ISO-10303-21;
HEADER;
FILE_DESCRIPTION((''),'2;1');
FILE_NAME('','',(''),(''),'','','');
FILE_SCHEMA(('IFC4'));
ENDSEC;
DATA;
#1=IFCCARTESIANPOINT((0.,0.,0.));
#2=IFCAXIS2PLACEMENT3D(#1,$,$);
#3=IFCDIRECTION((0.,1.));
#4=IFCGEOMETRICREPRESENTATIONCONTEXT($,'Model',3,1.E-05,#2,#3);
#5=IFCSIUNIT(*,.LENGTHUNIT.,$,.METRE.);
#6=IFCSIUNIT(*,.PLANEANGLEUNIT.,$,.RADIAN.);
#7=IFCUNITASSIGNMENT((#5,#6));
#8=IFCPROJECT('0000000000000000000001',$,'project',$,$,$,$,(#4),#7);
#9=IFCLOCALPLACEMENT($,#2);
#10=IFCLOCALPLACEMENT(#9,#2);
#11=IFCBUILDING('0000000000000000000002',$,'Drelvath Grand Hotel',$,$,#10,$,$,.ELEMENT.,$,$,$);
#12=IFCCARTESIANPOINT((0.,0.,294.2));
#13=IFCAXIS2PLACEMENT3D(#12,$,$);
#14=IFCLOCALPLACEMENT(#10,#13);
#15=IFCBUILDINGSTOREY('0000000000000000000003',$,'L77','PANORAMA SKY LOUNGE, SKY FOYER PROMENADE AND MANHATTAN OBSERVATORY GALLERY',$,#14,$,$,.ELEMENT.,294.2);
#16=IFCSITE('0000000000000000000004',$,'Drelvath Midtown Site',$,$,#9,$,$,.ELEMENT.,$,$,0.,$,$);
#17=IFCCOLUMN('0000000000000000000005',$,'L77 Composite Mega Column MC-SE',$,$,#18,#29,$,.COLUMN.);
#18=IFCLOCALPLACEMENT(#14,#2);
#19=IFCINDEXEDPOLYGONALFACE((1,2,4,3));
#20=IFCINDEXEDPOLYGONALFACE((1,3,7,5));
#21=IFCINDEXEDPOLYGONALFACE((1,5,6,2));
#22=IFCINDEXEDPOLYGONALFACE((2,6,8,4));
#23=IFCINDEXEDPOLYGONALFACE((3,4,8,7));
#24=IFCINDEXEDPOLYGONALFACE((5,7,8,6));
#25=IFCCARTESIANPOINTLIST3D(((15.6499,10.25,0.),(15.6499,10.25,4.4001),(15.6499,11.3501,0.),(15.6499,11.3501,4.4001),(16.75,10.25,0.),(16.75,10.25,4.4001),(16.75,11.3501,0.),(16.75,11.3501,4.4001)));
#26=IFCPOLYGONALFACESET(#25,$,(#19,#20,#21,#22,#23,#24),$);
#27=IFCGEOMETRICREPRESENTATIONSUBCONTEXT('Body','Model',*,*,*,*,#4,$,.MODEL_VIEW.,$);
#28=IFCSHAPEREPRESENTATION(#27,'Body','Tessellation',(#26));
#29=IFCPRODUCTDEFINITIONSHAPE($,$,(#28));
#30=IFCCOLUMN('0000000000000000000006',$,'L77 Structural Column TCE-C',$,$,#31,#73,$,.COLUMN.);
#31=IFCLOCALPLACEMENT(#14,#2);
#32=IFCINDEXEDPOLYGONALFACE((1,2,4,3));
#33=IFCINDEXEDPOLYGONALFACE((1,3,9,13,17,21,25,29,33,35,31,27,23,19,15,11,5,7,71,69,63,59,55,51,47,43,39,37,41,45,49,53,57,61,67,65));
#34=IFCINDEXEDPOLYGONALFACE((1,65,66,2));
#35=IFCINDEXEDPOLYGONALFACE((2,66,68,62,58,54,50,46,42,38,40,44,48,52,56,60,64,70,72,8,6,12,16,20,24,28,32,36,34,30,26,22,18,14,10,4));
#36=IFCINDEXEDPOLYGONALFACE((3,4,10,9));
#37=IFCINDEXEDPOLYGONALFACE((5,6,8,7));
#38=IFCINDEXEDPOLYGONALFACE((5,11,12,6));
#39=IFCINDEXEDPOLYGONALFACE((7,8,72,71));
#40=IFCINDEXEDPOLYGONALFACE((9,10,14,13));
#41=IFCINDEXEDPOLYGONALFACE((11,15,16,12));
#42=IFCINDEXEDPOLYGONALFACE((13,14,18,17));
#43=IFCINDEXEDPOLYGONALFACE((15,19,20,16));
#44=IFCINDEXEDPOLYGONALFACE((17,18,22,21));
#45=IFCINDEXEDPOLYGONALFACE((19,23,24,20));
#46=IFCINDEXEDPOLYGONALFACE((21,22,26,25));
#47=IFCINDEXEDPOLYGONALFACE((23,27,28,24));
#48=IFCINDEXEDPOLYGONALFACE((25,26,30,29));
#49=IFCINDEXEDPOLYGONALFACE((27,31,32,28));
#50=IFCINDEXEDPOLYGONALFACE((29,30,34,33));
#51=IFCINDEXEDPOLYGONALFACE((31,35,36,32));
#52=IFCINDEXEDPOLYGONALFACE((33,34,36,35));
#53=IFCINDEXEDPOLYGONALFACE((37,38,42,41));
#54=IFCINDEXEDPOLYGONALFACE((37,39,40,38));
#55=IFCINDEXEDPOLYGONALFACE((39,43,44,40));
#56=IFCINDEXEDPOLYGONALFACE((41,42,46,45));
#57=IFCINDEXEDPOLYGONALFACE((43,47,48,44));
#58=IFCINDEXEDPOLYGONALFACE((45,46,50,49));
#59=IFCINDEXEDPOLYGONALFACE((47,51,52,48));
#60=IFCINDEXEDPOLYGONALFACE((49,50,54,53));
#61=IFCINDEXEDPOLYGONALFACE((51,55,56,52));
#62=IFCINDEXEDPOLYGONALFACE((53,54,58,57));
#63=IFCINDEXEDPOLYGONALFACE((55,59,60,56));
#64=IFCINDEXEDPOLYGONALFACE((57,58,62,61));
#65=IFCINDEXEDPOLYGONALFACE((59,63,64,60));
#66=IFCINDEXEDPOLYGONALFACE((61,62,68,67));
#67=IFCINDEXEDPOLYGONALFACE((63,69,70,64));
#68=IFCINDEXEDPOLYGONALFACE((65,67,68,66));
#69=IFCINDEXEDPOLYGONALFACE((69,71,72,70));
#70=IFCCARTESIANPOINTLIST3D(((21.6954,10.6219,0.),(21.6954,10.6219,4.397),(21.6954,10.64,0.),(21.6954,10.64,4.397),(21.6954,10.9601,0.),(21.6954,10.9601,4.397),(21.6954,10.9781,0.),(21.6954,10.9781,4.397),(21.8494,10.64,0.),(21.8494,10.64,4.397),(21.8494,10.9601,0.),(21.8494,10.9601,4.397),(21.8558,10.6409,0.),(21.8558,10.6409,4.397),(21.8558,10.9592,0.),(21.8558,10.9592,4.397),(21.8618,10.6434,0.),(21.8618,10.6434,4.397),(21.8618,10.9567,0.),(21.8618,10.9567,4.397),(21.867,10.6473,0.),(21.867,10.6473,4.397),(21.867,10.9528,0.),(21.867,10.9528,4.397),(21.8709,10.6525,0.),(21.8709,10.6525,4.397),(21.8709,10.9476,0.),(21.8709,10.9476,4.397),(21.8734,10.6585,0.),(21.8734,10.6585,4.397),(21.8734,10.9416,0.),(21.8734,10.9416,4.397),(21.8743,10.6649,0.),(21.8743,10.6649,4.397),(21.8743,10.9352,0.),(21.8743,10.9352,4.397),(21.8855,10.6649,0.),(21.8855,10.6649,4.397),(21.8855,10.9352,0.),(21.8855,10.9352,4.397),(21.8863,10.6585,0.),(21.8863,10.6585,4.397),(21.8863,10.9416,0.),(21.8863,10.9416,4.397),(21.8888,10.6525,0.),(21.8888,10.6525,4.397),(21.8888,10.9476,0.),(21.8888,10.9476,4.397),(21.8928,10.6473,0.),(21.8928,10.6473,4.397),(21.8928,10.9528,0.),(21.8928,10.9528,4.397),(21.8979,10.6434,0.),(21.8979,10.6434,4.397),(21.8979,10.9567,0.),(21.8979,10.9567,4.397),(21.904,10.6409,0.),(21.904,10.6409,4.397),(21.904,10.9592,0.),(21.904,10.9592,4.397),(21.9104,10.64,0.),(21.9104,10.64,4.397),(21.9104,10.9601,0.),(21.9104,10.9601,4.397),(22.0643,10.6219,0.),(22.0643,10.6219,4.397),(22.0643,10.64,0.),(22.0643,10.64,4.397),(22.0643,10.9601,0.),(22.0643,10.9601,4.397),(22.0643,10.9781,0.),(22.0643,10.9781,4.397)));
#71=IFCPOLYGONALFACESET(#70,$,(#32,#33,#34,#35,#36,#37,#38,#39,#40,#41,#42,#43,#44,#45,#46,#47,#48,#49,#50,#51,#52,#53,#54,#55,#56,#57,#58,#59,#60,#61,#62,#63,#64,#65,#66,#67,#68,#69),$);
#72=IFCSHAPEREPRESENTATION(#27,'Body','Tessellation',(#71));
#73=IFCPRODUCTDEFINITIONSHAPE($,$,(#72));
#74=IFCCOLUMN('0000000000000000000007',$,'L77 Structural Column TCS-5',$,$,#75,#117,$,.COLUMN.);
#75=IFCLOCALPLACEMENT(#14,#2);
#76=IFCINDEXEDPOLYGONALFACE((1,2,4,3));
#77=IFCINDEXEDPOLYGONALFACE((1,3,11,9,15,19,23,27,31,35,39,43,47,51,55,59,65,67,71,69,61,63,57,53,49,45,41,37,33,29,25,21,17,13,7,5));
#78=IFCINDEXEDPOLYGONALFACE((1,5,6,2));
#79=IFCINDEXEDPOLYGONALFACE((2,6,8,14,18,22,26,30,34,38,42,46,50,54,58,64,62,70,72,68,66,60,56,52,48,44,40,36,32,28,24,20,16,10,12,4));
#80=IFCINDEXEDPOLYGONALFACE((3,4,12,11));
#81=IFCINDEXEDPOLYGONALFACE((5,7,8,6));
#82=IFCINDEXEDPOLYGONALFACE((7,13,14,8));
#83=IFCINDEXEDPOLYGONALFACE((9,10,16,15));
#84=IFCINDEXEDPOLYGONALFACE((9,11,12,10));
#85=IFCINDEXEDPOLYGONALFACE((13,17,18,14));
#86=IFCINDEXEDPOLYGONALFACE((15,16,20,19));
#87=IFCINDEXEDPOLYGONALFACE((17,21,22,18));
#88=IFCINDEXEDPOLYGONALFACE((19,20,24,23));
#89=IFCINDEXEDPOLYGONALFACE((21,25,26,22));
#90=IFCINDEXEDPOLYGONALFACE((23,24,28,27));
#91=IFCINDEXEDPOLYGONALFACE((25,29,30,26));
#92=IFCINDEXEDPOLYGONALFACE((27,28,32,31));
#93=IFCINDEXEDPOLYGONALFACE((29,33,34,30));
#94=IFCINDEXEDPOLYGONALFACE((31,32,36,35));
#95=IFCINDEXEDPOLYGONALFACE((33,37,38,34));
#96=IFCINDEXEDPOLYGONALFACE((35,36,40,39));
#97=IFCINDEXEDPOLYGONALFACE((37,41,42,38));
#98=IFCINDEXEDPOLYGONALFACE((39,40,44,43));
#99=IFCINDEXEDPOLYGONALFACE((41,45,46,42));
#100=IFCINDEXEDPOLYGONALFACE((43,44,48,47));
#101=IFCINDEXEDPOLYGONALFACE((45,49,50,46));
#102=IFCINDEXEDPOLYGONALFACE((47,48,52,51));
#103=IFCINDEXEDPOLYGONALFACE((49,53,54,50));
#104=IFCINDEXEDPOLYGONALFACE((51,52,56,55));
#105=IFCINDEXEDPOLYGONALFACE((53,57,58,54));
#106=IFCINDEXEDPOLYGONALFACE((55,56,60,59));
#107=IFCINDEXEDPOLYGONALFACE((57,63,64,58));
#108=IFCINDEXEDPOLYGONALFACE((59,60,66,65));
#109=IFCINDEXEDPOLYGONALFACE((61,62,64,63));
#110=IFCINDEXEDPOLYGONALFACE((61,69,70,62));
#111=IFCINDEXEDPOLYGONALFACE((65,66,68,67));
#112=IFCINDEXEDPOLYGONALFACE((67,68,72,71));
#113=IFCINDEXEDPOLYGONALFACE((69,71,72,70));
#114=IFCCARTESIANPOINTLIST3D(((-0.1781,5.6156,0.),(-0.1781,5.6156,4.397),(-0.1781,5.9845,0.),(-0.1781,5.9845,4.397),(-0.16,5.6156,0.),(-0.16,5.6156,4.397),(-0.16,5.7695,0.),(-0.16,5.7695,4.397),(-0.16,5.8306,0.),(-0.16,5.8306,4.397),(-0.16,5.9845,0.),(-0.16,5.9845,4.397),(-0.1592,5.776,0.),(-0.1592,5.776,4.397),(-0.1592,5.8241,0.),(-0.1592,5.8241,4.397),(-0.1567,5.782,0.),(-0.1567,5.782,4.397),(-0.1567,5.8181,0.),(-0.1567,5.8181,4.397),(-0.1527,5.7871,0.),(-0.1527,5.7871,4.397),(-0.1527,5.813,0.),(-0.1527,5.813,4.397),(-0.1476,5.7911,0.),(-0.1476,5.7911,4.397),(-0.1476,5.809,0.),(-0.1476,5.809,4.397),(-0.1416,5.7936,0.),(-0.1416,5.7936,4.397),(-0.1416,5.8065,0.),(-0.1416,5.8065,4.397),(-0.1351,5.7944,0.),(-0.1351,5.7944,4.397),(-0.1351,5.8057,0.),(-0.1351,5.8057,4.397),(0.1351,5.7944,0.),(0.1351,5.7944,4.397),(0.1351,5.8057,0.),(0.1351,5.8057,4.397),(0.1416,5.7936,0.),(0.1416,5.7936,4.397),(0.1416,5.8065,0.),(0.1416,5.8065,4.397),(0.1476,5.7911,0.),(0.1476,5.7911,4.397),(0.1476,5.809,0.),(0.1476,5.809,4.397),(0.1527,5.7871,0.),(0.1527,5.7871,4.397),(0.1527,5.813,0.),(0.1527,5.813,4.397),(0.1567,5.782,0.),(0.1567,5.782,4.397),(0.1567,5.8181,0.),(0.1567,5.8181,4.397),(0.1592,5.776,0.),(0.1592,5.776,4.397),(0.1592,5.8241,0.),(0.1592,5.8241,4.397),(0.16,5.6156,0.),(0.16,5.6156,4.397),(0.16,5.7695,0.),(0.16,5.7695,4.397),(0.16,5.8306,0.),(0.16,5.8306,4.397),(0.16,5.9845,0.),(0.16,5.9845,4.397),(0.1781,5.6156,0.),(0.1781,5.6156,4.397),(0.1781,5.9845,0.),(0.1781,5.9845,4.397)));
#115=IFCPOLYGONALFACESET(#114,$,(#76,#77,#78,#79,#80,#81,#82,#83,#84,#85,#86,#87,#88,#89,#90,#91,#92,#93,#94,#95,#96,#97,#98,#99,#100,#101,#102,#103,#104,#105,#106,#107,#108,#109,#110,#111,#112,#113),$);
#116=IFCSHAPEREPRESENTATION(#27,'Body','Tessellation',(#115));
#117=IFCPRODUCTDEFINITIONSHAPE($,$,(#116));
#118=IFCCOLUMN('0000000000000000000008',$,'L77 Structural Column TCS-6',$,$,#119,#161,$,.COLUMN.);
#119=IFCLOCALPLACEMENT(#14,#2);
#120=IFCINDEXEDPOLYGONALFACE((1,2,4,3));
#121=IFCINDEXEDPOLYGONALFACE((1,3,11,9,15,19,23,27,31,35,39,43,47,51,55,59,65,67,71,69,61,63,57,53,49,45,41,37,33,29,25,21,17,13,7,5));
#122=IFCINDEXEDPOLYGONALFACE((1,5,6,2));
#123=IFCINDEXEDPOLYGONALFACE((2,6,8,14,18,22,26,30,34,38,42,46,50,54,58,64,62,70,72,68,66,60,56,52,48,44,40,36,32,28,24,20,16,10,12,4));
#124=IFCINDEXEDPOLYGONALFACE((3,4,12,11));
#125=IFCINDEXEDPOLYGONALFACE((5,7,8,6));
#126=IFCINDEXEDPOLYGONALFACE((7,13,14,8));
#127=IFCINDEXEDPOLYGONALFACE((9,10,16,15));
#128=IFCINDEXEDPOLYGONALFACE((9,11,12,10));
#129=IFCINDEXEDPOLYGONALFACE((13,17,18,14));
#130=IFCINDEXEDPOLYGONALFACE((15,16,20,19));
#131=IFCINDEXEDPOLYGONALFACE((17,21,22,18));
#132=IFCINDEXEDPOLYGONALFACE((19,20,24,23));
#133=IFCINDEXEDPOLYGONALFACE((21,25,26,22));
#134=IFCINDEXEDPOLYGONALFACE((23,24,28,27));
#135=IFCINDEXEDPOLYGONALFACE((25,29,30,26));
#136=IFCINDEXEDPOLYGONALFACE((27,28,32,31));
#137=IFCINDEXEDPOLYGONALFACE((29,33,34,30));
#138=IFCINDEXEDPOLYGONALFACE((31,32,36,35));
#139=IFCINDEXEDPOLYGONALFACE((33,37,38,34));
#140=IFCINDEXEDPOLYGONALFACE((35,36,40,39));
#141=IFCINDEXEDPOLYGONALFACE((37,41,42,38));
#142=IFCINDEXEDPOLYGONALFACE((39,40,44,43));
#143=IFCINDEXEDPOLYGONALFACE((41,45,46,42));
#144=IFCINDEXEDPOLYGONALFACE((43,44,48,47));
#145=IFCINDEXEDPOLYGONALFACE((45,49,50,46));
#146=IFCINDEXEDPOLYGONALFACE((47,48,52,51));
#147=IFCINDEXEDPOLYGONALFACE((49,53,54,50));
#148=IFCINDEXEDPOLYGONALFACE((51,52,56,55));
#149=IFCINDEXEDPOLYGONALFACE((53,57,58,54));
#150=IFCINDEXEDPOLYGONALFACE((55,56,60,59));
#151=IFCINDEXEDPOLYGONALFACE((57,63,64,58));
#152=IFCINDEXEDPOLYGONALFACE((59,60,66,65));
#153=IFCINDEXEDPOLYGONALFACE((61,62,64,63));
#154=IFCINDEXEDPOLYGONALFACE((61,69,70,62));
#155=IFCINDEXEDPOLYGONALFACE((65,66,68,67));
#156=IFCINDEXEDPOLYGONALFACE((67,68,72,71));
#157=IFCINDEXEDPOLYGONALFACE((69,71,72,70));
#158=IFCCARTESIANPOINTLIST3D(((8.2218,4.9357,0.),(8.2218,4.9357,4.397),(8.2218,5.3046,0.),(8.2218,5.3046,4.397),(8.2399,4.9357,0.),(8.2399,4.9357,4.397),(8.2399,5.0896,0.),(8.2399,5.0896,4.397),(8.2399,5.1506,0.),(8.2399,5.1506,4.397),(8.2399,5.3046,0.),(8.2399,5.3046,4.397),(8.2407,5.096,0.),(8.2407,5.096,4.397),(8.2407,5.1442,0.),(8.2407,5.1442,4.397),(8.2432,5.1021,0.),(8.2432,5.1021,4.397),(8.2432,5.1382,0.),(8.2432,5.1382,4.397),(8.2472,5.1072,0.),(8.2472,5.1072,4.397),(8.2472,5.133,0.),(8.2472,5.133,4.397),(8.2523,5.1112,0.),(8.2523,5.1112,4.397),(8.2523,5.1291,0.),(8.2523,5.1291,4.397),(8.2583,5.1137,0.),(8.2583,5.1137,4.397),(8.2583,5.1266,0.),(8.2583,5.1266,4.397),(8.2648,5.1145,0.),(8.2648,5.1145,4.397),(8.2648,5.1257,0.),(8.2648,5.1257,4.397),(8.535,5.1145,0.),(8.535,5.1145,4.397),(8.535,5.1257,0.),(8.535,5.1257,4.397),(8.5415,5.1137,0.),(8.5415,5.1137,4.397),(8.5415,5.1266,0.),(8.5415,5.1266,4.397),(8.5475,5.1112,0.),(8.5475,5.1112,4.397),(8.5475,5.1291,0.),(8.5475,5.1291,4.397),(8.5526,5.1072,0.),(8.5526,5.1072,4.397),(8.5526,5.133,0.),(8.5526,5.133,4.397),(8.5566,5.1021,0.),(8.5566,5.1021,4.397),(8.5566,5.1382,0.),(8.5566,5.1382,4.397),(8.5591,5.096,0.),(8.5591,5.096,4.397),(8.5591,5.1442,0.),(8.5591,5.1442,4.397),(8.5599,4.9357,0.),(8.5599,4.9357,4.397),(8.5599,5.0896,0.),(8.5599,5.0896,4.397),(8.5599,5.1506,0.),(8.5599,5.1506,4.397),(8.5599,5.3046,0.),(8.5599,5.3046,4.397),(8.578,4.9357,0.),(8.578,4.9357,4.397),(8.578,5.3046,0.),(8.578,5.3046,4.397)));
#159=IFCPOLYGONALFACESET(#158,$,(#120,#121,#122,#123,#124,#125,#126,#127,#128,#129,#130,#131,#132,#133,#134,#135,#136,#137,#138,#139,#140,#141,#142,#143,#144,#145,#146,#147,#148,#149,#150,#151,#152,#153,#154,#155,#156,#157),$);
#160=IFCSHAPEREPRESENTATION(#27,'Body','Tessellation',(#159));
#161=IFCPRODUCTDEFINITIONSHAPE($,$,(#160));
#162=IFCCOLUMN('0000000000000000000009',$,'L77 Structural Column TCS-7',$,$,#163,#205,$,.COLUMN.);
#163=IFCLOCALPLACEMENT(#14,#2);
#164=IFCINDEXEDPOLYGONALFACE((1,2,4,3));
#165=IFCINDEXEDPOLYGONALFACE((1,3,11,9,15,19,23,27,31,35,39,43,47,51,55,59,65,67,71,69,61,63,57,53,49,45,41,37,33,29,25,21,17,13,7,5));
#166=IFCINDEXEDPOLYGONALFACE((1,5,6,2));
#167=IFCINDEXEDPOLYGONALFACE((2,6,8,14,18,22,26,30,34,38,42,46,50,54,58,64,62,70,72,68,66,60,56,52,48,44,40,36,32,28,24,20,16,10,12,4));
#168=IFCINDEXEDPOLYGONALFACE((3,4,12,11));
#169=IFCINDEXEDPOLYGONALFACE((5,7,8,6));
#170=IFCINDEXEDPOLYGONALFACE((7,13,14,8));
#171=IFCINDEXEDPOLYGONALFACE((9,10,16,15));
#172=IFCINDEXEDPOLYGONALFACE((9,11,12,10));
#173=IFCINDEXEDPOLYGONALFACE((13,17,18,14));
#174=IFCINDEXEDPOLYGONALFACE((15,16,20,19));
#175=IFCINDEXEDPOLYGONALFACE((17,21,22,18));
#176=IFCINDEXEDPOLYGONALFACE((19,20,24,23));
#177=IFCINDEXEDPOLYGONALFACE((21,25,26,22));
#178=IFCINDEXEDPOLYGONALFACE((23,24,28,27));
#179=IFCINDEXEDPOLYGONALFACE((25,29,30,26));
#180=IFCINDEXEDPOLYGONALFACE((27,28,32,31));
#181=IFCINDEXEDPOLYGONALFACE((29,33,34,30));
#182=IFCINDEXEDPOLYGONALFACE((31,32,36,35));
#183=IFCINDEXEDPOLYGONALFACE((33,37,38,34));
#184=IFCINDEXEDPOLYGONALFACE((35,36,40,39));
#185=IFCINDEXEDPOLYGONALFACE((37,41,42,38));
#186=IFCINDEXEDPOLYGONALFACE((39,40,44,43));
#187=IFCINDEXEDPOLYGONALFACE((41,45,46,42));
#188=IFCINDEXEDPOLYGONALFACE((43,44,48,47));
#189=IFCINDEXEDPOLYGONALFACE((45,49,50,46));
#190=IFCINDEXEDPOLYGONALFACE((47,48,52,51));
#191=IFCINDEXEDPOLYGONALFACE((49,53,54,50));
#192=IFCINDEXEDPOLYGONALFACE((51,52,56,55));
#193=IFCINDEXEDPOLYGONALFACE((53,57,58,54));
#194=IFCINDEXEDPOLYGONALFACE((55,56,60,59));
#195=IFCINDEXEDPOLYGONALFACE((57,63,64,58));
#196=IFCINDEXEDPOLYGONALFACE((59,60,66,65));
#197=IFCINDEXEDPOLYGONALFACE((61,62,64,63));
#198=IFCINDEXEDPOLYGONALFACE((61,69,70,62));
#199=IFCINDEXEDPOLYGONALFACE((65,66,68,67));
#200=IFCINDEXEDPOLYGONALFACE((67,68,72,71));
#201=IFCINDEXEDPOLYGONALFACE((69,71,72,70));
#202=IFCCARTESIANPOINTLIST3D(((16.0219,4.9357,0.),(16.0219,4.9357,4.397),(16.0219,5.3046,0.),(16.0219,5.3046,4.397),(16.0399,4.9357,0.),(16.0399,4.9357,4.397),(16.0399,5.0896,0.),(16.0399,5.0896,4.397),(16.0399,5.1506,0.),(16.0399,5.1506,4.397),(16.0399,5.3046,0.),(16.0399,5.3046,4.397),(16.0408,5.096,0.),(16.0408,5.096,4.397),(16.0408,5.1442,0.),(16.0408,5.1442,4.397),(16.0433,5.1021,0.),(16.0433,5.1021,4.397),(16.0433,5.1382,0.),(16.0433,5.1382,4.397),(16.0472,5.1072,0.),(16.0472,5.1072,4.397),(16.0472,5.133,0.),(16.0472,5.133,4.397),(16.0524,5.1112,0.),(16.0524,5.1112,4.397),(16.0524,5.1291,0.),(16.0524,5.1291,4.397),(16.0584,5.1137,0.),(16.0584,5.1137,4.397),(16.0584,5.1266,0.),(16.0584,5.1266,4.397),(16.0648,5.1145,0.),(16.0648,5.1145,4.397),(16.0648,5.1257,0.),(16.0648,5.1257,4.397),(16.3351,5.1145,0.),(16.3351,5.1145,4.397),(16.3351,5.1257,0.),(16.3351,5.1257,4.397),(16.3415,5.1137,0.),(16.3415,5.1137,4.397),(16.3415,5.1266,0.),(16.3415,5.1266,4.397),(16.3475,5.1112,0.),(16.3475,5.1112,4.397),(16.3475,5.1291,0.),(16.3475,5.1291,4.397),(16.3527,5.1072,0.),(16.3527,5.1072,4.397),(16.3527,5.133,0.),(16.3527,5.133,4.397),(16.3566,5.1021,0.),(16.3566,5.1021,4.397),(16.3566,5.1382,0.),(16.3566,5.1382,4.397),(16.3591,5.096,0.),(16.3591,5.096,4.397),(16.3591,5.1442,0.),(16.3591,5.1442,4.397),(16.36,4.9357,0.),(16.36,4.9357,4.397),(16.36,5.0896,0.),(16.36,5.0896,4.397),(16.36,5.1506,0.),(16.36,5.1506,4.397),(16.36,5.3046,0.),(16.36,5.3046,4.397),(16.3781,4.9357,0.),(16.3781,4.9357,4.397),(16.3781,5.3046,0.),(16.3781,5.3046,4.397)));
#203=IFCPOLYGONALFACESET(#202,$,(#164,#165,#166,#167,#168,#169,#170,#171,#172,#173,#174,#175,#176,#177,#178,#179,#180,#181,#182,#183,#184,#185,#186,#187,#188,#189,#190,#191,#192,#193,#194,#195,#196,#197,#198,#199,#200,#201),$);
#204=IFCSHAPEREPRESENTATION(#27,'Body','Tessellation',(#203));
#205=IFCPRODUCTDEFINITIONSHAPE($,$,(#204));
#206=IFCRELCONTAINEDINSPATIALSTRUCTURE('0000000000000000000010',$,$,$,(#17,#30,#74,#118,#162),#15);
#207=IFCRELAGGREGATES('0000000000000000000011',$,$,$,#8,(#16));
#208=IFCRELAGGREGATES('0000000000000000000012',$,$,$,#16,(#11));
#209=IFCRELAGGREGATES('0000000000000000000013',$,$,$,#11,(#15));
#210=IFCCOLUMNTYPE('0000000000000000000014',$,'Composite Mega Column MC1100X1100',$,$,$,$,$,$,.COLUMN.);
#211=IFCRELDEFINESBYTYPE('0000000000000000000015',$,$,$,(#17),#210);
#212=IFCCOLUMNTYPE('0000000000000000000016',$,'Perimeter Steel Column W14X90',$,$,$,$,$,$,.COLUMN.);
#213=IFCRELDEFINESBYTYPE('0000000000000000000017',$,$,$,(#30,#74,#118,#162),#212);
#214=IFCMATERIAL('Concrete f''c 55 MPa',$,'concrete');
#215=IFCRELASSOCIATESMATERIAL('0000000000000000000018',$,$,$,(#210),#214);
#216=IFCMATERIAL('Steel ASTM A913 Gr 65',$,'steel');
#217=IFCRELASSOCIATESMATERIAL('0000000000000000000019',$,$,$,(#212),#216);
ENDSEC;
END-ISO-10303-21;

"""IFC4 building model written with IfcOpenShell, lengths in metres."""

from ifc_helpers import new_model, si_unit, direction, frame, origin, origin_2d, place, context, subcontext, project, spatial, rectangle, i_section, extrude, material, material_profile, profile_set, type_object, element, save


model = new_model("IFC4")

# Units and contexts
model_context = context("Model", 3, precision=1e-05, world=origin(), true_north=direction((0.0, 1.0)))
body_context = subcontext(model_context, "Body", "Model", "MODEL_VIEW")
ifc_project = project(units=[si_unit("LENGTHUNIT", "METRE"), si_unit("PLANEANGLEUNIT", "RADIAN")], contexts=[model_context])

# Site, building, storey
site_placement = place(None, origin())
site = spatial("IfcSite", under=ifc_project, at=site_placement, Name="Drelvath Midtown Site", CompositionType="ELEMENT", RefElevation=0.0)
building_placement = place(site_placement, origin())
building = spatial("IfcBuilding", under=site, at=building_placement, Name="Drelvath Grand Hotel", CompositionType="ELEMENT")
storey_placement = place(building_placement, frame((0.0, 0.0, 294.2)))
storey = spatial("IfcBuildingStorey", under=building, at=storey_placement, Name="L77", Description="PANORAMA SKY LOUNGE, SKY FOYER PROMENADE AND MANHATTAN OBSERVATORY GALLERY", CompositionType="ELEMENT", Elevation=294.2)

# Columns
ifc_material_1 = material(Name="Concrete f'c 55 MPa", Category="concrete")
ifc_material_profile_1 = material_profile(ifc_material_1, rectangle(XDim=1.1001, YDim=1.1001, at=origin_2d()), Name="MC1100X1100")
ifc_profile_set_1 = profile_set([ifc_material_profile_1], Name="Concrete f'c 55 MPa")
column_type_1 = type_object("IfcColumnType", Name="Composite Mega Column MC1100X1100", PredefinedType="COLUMN", material=ifc_profile_set_1)
column_placement = place(storey_placement, frame((16.2, 10.8, 0.0), z_axis=(0.0, 0.0, 1.0), x_axis=(1.0, 0.0, 0.0)))
element("IfcColumn", 1, at=column_placement, inside=storey, type_object=column_type_1, Name="L77 Composite Mega Column MC-SE", PredefinedType="COLUMN", context=body_context, shape_type="SweptSolid", body=[
    extrude(rectangle(XDim=1.1001, YDim=1.1001, at=origin_2d()), origin(), (0.0, 0.0, 1.0), 4.4001),
])
ifc_material_2 = material(Name="Steel ASTM A913 Gr 65", Category="steel")
ifc_material_profile_2 = material_profile(ifc_material_2, i_section(OverallWidth=0.3689, OverallDepth=0.3562, WebThickness=0.0112, FlangeThickness=0.0181, FilletRadius=0.0249, at=origin_2d()), Name="W14X90")
ifc_profile_set_2 = profile_set([ifc_material_profile_2], Name="Steel ASTM A913 Gr 65")
column_type_2 = type_object("IfcColumnType", Name="Perimeter Steel Column W14X90", PredefinedType="COLUMN", material=ifc_profile_set_2)
for number, where, z_axis, x_axis, name in (
    (2, (21.8799, 10.8, 0.0), (0.0, 0.0, 1.0), (1.0, 0.0, 0.0), "L77 Structural Column TCE-C"),
    (3, (0.0, 5.8, 0.0), (0.0, 0.0, 1.0), (0.0, 1.0, 0.0), "L77 Structural Column TCS-5"),
    (4, (8.3999, 5.1201, 0.0), (0.0, 0.0, 1.0), (0.0, 1.0, 0.0), "L77 Structural Column TCS-6"),
    (5, (16.2, 5.1201, 0.0), (0.0, 0.0, 1.0), (0.0, 1.0, 0.0), "L77 Structural Column TCS-7"),
):
    element("IfcColumn", number, at=place(storey_placement, frame(where, z_axis=z_axis, x_axis=x_axis)), inside=storey, type_object=column_type_2, Name=name, PredefinedType="COLUMN", context=body_context, shape_type="SweptSolid", body=[
        extrude(i_section(OverallWidth=0.3689, OverallDepth=0.3562, WebThickness=0.0112, FlangeThickness=0.0181, FilletRadius=0.0249, at=origin_2d()), origin(), (0.0, 0.0, 1.0), 4.397),
    ])

save(model, "model.ifc")
